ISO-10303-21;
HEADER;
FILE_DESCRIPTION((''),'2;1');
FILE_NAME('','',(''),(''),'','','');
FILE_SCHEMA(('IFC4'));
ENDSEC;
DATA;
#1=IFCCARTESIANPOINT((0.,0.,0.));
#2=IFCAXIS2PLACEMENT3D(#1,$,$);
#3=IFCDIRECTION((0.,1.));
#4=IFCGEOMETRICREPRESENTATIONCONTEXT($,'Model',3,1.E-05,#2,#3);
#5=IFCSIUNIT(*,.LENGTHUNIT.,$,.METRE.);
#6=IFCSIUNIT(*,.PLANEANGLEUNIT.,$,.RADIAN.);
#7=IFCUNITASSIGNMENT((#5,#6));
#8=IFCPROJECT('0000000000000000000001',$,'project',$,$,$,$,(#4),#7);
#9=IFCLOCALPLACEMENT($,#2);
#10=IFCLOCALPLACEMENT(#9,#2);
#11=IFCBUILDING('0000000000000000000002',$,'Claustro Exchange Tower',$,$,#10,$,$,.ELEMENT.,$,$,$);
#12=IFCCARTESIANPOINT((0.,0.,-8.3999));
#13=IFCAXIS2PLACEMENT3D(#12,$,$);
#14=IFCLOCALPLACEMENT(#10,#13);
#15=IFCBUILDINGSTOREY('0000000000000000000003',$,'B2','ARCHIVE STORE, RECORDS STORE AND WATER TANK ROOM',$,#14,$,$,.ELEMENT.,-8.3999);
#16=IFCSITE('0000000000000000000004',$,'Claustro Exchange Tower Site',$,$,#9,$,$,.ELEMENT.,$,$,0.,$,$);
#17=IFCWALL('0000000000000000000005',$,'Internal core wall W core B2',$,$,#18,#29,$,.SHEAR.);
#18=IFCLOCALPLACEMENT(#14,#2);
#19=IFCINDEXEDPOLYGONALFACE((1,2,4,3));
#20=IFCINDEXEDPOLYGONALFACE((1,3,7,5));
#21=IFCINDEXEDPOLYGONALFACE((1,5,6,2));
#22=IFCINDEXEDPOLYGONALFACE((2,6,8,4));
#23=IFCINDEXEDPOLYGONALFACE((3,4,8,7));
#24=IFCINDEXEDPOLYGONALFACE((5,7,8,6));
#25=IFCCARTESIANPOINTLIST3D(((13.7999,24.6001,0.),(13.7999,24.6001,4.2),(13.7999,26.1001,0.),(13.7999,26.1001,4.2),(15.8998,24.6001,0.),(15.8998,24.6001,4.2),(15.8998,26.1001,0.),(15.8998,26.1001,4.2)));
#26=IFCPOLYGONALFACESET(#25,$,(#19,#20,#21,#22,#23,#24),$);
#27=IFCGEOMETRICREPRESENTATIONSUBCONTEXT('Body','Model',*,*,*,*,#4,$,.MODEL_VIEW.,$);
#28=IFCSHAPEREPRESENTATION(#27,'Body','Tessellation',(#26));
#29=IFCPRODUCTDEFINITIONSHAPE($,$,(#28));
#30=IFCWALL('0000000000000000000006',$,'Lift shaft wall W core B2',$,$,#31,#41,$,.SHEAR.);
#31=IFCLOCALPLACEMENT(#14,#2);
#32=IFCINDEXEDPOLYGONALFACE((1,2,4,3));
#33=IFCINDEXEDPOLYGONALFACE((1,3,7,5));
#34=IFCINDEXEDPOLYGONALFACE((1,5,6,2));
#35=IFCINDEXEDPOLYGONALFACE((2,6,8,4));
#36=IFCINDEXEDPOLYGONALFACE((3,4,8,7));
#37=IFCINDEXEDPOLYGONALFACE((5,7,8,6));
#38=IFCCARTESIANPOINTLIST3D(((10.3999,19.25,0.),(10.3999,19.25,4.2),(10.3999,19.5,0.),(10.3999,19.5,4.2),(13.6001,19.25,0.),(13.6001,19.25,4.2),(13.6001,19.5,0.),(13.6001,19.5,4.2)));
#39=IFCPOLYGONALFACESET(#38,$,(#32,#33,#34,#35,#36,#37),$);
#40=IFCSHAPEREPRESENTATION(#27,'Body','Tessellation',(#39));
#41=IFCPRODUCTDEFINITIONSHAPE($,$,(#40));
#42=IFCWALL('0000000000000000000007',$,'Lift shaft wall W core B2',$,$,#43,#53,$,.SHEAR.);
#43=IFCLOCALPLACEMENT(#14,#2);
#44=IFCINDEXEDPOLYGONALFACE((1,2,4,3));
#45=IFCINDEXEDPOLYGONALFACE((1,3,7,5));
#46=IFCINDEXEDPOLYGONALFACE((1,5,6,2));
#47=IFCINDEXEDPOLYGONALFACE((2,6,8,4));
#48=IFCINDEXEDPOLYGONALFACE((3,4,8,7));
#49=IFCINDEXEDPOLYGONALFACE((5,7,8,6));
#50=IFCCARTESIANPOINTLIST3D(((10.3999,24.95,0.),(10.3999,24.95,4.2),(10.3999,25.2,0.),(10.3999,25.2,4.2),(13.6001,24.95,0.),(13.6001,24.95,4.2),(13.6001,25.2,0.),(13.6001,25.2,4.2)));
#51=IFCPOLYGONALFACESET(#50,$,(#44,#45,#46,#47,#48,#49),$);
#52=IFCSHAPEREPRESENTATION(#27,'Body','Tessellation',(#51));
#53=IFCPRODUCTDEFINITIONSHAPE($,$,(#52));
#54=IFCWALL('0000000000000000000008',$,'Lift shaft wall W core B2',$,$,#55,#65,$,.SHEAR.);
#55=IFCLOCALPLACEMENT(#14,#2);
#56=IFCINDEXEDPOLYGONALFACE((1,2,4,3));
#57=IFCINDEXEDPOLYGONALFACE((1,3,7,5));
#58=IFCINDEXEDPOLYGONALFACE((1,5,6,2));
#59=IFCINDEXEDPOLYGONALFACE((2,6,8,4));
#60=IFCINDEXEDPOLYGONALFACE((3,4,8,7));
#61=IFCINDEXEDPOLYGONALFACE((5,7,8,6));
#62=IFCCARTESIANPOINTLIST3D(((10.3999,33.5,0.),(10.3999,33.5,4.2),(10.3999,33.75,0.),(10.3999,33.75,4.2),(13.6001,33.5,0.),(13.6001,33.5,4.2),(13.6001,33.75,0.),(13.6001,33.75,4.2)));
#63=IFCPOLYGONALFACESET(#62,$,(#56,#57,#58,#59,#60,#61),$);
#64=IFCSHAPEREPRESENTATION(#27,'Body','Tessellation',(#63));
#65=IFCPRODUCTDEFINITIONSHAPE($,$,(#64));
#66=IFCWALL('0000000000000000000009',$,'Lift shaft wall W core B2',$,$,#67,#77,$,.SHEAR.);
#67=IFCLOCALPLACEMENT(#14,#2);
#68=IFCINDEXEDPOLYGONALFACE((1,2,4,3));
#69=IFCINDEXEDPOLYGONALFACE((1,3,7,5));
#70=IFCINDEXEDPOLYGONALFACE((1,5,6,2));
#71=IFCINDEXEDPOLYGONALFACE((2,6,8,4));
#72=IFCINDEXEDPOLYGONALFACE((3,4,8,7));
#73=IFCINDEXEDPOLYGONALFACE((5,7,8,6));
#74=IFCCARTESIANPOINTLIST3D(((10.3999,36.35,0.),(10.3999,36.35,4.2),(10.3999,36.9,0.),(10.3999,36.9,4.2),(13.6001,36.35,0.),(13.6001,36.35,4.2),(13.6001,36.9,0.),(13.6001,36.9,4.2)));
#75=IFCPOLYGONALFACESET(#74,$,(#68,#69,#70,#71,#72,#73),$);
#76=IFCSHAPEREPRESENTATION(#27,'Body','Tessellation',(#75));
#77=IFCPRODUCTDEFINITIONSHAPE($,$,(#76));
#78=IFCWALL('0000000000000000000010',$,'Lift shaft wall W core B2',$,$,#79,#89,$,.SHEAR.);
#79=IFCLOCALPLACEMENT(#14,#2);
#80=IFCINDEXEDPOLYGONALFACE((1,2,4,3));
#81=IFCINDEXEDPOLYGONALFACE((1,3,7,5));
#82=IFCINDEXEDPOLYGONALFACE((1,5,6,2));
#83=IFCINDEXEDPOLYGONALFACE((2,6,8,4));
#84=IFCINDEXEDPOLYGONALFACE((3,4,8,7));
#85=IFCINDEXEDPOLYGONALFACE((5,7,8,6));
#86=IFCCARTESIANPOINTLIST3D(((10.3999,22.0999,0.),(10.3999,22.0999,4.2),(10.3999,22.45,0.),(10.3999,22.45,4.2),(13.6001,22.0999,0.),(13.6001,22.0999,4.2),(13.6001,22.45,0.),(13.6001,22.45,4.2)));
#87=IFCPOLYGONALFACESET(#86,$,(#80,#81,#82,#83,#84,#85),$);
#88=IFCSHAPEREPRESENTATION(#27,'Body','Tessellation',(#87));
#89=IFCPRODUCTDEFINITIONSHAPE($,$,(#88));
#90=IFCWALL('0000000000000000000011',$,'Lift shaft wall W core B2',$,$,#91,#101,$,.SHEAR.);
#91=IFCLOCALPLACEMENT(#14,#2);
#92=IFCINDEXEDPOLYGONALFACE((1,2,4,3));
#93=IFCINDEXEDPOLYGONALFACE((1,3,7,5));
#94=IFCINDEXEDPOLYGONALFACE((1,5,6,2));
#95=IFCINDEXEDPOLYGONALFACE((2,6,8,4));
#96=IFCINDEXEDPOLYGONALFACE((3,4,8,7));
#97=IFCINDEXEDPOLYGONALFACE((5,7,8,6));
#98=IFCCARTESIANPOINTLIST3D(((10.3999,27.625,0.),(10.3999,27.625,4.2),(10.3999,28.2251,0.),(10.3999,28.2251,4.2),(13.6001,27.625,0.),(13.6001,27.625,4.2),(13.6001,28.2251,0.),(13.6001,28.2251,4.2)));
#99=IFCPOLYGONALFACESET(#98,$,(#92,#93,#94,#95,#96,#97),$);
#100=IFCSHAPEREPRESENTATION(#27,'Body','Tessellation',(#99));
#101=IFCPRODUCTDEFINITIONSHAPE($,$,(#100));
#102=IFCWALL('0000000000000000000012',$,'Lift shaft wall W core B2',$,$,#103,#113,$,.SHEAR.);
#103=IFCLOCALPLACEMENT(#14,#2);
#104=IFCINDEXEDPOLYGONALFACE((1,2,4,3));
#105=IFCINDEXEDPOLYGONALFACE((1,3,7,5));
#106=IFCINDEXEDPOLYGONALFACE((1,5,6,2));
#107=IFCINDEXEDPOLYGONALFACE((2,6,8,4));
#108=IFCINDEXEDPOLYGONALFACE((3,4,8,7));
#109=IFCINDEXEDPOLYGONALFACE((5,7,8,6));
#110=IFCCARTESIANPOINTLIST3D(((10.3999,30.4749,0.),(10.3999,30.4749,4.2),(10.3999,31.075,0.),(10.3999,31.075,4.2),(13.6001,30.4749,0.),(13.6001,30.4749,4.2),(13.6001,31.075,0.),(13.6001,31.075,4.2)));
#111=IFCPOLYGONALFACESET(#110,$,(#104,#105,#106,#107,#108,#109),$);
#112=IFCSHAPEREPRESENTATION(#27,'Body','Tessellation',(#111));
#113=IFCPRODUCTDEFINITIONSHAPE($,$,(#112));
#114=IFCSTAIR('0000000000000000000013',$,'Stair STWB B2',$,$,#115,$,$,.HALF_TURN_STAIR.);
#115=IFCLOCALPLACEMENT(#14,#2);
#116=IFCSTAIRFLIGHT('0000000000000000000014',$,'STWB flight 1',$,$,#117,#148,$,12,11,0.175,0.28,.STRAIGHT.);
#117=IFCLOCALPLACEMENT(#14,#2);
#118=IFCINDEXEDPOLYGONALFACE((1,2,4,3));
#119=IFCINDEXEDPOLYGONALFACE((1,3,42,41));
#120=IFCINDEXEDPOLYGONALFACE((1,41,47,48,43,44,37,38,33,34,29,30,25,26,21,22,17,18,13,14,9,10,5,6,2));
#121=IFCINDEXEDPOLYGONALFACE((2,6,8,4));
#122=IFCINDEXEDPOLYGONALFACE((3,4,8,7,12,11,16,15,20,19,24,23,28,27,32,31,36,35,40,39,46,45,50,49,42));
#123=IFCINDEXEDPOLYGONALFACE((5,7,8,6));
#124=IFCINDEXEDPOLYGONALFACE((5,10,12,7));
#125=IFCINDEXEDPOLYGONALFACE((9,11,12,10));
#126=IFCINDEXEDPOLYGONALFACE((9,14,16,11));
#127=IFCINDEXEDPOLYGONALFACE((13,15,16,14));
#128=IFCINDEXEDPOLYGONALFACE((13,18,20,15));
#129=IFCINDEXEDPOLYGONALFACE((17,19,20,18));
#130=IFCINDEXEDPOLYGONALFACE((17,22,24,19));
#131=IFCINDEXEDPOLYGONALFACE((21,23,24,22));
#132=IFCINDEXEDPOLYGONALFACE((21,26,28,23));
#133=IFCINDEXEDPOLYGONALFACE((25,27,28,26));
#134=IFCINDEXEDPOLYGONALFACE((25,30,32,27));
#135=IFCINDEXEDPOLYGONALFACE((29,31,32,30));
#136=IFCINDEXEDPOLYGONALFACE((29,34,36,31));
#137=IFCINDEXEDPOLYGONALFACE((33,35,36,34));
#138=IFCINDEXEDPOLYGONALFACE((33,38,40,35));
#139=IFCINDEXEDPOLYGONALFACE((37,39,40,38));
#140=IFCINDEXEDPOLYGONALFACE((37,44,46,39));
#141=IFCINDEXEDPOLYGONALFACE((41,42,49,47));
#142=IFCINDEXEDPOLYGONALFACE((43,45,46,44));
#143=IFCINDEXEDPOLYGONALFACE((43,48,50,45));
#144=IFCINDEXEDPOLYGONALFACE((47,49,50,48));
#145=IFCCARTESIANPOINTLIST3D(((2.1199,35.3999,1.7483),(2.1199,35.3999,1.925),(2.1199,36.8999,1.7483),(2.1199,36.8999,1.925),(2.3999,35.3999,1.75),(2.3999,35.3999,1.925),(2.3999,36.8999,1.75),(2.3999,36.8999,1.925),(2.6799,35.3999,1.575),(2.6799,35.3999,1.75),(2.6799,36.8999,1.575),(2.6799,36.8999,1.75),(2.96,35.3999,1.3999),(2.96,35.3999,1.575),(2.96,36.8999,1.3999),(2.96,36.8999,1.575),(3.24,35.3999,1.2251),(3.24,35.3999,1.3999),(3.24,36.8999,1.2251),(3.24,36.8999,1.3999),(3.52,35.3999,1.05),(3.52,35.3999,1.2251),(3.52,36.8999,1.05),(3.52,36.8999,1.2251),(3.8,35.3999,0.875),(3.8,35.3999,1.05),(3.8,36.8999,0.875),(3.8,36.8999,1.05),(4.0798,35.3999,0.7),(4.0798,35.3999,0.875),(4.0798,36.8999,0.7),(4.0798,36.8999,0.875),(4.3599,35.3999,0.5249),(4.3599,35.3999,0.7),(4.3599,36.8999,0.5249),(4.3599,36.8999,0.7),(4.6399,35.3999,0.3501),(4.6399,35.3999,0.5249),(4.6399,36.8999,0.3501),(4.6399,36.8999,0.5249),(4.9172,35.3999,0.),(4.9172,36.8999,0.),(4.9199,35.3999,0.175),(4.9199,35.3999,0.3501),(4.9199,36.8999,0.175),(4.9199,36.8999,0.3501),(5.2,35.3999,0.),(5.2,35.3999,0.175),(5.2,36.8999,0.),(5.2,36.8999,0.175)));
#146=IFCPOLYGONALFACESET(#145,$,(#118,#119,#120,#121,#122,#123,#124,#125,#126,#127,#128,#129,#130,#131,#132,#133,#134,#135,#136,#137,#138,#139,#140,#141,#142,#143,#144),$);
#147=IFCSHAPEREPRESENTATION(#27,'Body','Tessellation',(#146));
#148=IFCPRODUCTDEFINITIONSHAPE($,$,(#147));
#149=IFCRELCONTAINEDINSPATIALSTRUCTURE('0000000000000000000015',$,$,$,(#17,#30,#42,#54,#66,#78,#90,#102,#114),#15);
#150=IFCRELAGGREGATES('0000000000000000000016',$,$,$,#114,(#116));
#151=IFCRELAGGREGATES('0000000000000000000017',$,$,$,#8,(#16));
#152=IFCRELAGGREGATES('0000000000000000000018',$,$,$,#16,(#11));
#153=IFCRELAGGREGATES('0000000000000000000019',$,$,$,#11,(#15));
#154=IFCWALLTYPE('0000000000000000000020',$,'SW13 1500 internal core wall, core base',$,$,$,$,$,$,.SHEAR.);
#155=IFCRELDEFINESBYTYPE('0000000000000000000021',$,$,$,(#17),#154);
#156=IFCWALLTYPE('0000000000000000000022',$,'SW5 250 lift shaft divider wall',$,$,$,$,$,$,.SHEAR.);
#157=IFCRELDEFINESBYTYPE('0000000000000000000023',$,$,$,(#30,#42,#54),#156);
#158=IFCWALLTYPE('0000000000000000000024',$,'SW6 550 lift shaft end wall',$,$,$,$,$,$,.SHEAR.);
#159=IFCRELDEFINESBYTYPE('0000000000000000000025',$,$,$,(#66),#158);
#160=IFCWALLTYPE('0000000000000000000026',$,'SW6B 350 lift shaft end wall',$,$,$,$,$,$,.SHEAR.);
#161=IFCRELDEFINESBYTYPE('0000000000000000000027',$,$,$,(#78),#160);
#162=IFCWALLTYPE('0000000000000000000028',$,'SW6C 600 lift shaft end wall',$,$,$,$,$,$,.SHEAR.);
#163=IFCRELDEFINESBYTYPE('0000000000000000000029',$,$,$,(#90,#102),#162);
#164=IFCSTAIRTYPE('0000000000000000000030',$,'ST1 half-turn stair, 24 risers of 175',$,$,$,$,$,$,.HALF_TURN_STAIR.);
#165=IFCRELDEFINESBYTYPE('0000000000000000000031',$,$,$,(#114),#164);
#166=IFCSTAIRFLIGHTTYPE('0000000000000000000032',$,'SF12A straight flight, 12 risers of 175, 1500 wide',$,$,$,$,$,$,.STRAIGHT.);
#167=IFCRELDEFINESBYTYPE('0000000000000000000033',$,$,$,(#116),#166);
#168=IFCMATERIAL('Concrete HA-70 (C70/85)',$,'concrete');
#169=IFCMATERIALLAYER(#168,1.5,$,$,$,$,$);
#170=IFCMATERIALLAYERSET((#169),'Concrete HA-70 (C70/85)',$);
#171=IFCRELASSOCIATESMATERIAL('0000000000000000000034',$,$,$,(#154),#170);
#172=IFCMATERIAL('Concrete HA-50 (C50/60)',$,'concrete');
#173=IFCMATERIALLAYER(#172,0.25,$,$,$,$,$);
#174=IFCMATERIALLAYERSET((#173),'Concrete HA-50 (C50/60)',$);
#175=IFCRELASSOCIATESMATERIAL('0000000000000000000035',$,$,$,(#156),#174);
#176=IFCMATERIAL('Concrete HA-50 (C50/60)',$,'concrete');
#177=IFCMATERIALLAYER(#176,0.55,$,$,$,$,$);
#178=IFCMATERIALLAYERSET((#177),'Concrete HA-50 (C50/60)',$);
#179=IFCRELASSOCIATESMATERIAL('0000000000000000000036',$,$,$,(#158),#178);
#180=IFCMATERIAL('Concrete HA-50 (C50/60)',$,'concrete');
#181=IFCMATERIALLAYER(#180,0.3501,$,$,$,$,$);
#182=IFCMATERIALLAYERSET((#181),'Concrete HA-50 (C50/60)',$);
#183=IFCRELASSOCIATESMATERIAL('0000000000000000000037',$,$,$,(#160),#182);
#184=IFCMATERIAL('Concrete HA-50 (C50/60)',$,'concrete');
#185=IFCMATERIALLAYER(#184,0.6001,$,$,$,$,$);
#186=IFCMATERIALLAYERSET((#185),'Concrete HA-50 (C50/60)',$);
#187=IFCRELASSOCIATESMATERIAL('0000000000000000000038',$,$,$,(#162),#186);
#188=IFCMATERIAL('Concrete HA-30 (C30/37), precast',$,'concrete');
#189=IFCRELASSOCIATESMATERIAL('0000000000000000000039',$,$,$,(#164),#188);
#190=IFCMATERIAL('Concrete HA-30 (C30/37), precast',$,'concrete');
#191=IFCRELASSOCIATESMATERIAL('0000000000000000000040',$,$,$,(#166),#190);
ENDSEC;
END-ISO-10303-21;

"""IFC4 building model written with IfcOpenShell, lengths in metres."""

from ifc_helpers import new_model, si_unit, direction, frame, frame_2d, origin, place, context, subcontext, project, spatial, polyline, rectangle, outline, extrude, material, layer, layer_set, type_object, element, aggregate, save


model = new_model("IFC4")

# Units and contexts
model_context = context("Model", 3, precision=1e-05, world=origin(), true_north=direction((0.0, 1.0)))
body_context = subcontext(model_context, "Body", "Model", "MODEL_VIEW")
ifc_project = project(units=[si_unit("LENGTHUNIT", "METRE"), si_unit("PLANEANGLEUNIT", "RADIAN")], contexts=[model_context])

# Site, building, storey
site_placement = place(None, origin())
site = spatial("IfcSite", under=ifc_project, at=site_placement, Name="Claustro Exchange Tower Site", CompositionType="ELEMENT", RefElevation=0.0)
building_placement = place(site_placement, origin())
building = spatial("IfcBuilding", under=site, at=building_placement, Name="Claustro Exchange Tower", CompositionType="ELEMENT")
storey_placement = place(building_placement, frame((0.0, 0.0, -8.3999)))
storey = spatial("IfcBuildingStorey", under=building, at=storey_placement, Name="B2", Description="ARCHIVE STORE, RECORDS STORE AND WATER TANK ROOM", CompositionType="ELEMENT", Elevation=-8.3999)

# Walls
ifc_material_1 = material(Name="Concrete HA-70 (C70/85)", Category="concrete")
ifc_layer_1 = layer(ifc_material_1, 1.5)
ifc_layer_set_1 = layer_set([ifc_layer_1], Name="Concrete HA-70 (C70/85)")
wall_type_1 = type_object("IfcWallType", Name="SW13 1500 internal core wall, core base", PredefinedType="SHEAR", material=ifc_layer_set_1)
wall_1_placement = place(storey_placement, frame((13.8, 25.3501, 0.0), z_axis=(0.0, 0.0, 1.0), x_axis=(1.0, 0.0, 0.0)))
element("IfcWall", 1, at=wall_1_placement, inside=storey, type_object=wall_type_1, Name="Internal core wall W core B2", PredefinedType="SHEAR", context=body_context, shape_type="SweptSolid", body=[
    extrude(rectangle(XDim=2.0999, YDim=1.5, at=frame_2d((1.0498, 0.0))), origin(), (0.0, 0.0, 1.0), 4.2),
])
ifc_material_2 = material(Name="Concrete HA-50 (C50/60)", Category="concrete")
ifc_layer_2 = layer(ifc_material_2, 0.25)
ifc_layer_set_2 = layer_set([ifc_layer_2], Name="Concrete HA-50 (C50/60)")
wall_type_2 = type_object("IfcWallType", Name="SW5 250 lift shaft divider wall", PredefinedType="SHEAR", material=ifc_layer_set_2)
for number, where, z_axis, x_axis, name in (
    (2, (10.3999, 19.375, 0.0), (0.0, 0.0, 1.0), (1.0, 0.0, 0.0), "Lift shaft wall W core B2"),
    (3, (10.3999, 25.075, 0.0), (0.0, 0.0, 1.0), (1.0, 0.0, 0.0), "Lift shaft wall W core B2"),
    (4, (10.3999, 33.625, 0.0), (0.0, 0.0, 1.0), (1.0, 0.0, 0.0), "Lift shaft wall W core B2"),
):
    element("IfcWall", number, at=place(storey_placement, frame(where, z_axis=z_axis, x_axis=x_axis)), inside=storey, type_object=wall_type_2, Name=name, PredefinedType="SHEAR", context=body_context, shape_type="SweptSolid", body=[
        extrude(rectangle(XDim=3.2002, YDim=0.25, at=frame_2d((1.6001, 0.0))), origin(), (0.0, 0.0, 1.0), 4.2),
    ])
ifc_material_3 = material(Name="Concrete HA-50 (C50/60)", Category="concrete")
ifc_layer_3 = layer(ifc_material_3, 0.55)
ifc_layer_set_3 = layer_set([ifc_layer_3], Name="Concrete HA-50 (C50/60)")
wall_type_3 = type_object("IfcWallType", Name="SW6 550 lift shaft end wall", PredefinedType="SHEAR", material=ifc_layer_set_3)
wall_2_placement = place(storey_placement, frame((10.3999, 36.625, 0.0), z_axis=(0.0, 0.0, 1.0), x_axis=(1.0, 0.0, 0.0)))
element("IfcWall", 5, at=wall_2_placement, inside=storey, type_object=wall_type_3, Name="Lift shaft wall W core B2", PredefinedType="SHEAR", context=body_context, shape_type="SweptSolid", body=[
    extrude(rectangle(XDim=3.2002, YDim=0.55, at=frame_2d((1.6001, 0.0))), origin(), (0.0, 0.0, 1.0), 4.2),
])
ifc_material_4 = material(Name="Concrete HA-50 (C50/60)", Category="concrete")
ifc_layer_4 = layer(ifc_material_4, 0.3501)
ifc_layer_set_4 = layer_set([ifc_layer_4], Name="Concrete HA-50 (C50/60)")
wall_type_4 = type_object("IfcWallType", Name="SW6B 350 lift shaft end wall", PredefinedType="SHEAR", material=ifc_layer_set_4)
wall_3_placement = place(storey_placement, frame((10.3999, 22.2749, 0.0), z_axis=(0.0, 0.0, 1.0), x_axis=(1.0, 0.0, 0.0)))
element("IfcWall", 6, at=wall_3_placement, inside=storey, type_object=wall_type_4, Name="Lift shaft wall W core B2", PredefinedType="SHEAR", context=body_context, shape_type="SweptSolid", body=[
    extrude(rectangle(XDim=3.2002, YDim=0.3501, at=frame_2d((1.6001, 0.0))), origin(), (0.0, 0.0, 1.0), 4.2),
])
ifc_material_5 = material(Name="Concrete HA-50 (C50/60)", Category="concrete")
ifc_layer_5 = layer(ifc_material_5, 0.6001)
ifc_layer_set_5 = layer_set([ifc_layer_5], Name="Concrete HA-50 (C50/60)")
wall_type_5 = type_object("IfcWallType", Name="SW6C 600 lift shaft end wall", PredefinedType="SHEAR", material=ifc_layer_set_5)
for number, where, z_axis, x_axis, name in (
    (7, (10.3999, 27.925, 0.0), (0.0, 0.0, 1.0), (1.0, 0.0, 0.0), "Lift shaft wall W core B2"),
    (8, (10.3999, 30.7749, 0.0), (0.0, 0.0, 1.0), (1.0, 0.0, 0.0), "Lift shaft wall W core B2"),
):
    element("IfcWall", number, at=place(storey_placement, frame(where, z_axis=z_axis, x_axis=x_axis)), inside=storey, type_object=wall_type_5, Name=name, PredefinedType="SHEAR", context=body_context, shape_type="SweptSolid", body=[
        extrude(rectangle(XDim=3.2002, YDim=0.6001, at=frame_2d((1.6001, 0.0))), origin(), (0.0, 0.0, 1.0), 4.2),
    ])

# Stair, stair flight
ifc_material_6 = material(Name="Concrete HA-30 (C30/37), precast", Category="concrete")
stair_type = type_object("IfcStairType", Name="ST1 half-turn stair, 24 risers of 175", PredefinedType="HALF_TURN_STAIR", material=ifc_material_6)
stair_placement = place(storey_placement, origin())
stair = element("IfcStair", 9, at=stair_placement, inside=storey, type_object=stair_type, Name="Stair STWB B2", PredefinedType="HALF_TURN_STAIR")
ifc_material_7 = material(Name="Concrete HA-30 (C30/37), precast", Category="concrete")
stair_flight_type = type_object("IfcStairFlightType", Name="SF12A straight flight, 12 risers of 175, 1500 wide", PredefinedType="STRAIGHT", material=ifc_material_7)
stair_flight_placement = place(storey_placement, frame((5.2, 36.1499, 0.0), z_axis=(0.0, 0.0, 1.0), x_axis=(-1.0, 0.0, 0.0)))
stair_flight = element("IfcStairFlight", 10, at=stair_flight_placement, type_object=stair_flight_type, Name="STWB flight 1", NumberOfRisers=12, NumberOfTreads=11, PredefinedType="STRAIGHT", RiserHeight=0.175, TreadLength=0.28, context=body_context, shape_type="SweptSolid", body=[
    extrude(outline(polyline([(0.0, 0.0), (0.0, 0.175), (0.28, 0.175), (0.28, 0.3501), (0.5601, 0.3501), (0.5601, 0.5249), (0.8401, 0.5249), (0.8401, 0.7), (1.1201, 0.7), (1.1201, 0.875), (1.3999, 0.875), (1.3999, 1.05), (1.6799, 1.05), (1.6799, 1.2251), (1.96, 1.2251), (1.96, 1.3999), (2.24, 1.3999), (2.24, 1.575), (2.52, 1.575), (2.52, 1.75), (2.8, 1.75), (2.8, 1.925), (3.0801, 1.925), (3.0801, 2.1001), (3.0801, 1.7483), (0.2827, 0.0), (0.0, 0.0)])), frame((0.0, 0.75, 0.0), z_axis=(0.0, -1.0, 0.0), x_axis=(1.0, 0.0, 0.0)), (0.0, 0.0, 1.0), 1.5),
])
aggregate(stair, [stair_flight])

save(model, "model.ifc")
